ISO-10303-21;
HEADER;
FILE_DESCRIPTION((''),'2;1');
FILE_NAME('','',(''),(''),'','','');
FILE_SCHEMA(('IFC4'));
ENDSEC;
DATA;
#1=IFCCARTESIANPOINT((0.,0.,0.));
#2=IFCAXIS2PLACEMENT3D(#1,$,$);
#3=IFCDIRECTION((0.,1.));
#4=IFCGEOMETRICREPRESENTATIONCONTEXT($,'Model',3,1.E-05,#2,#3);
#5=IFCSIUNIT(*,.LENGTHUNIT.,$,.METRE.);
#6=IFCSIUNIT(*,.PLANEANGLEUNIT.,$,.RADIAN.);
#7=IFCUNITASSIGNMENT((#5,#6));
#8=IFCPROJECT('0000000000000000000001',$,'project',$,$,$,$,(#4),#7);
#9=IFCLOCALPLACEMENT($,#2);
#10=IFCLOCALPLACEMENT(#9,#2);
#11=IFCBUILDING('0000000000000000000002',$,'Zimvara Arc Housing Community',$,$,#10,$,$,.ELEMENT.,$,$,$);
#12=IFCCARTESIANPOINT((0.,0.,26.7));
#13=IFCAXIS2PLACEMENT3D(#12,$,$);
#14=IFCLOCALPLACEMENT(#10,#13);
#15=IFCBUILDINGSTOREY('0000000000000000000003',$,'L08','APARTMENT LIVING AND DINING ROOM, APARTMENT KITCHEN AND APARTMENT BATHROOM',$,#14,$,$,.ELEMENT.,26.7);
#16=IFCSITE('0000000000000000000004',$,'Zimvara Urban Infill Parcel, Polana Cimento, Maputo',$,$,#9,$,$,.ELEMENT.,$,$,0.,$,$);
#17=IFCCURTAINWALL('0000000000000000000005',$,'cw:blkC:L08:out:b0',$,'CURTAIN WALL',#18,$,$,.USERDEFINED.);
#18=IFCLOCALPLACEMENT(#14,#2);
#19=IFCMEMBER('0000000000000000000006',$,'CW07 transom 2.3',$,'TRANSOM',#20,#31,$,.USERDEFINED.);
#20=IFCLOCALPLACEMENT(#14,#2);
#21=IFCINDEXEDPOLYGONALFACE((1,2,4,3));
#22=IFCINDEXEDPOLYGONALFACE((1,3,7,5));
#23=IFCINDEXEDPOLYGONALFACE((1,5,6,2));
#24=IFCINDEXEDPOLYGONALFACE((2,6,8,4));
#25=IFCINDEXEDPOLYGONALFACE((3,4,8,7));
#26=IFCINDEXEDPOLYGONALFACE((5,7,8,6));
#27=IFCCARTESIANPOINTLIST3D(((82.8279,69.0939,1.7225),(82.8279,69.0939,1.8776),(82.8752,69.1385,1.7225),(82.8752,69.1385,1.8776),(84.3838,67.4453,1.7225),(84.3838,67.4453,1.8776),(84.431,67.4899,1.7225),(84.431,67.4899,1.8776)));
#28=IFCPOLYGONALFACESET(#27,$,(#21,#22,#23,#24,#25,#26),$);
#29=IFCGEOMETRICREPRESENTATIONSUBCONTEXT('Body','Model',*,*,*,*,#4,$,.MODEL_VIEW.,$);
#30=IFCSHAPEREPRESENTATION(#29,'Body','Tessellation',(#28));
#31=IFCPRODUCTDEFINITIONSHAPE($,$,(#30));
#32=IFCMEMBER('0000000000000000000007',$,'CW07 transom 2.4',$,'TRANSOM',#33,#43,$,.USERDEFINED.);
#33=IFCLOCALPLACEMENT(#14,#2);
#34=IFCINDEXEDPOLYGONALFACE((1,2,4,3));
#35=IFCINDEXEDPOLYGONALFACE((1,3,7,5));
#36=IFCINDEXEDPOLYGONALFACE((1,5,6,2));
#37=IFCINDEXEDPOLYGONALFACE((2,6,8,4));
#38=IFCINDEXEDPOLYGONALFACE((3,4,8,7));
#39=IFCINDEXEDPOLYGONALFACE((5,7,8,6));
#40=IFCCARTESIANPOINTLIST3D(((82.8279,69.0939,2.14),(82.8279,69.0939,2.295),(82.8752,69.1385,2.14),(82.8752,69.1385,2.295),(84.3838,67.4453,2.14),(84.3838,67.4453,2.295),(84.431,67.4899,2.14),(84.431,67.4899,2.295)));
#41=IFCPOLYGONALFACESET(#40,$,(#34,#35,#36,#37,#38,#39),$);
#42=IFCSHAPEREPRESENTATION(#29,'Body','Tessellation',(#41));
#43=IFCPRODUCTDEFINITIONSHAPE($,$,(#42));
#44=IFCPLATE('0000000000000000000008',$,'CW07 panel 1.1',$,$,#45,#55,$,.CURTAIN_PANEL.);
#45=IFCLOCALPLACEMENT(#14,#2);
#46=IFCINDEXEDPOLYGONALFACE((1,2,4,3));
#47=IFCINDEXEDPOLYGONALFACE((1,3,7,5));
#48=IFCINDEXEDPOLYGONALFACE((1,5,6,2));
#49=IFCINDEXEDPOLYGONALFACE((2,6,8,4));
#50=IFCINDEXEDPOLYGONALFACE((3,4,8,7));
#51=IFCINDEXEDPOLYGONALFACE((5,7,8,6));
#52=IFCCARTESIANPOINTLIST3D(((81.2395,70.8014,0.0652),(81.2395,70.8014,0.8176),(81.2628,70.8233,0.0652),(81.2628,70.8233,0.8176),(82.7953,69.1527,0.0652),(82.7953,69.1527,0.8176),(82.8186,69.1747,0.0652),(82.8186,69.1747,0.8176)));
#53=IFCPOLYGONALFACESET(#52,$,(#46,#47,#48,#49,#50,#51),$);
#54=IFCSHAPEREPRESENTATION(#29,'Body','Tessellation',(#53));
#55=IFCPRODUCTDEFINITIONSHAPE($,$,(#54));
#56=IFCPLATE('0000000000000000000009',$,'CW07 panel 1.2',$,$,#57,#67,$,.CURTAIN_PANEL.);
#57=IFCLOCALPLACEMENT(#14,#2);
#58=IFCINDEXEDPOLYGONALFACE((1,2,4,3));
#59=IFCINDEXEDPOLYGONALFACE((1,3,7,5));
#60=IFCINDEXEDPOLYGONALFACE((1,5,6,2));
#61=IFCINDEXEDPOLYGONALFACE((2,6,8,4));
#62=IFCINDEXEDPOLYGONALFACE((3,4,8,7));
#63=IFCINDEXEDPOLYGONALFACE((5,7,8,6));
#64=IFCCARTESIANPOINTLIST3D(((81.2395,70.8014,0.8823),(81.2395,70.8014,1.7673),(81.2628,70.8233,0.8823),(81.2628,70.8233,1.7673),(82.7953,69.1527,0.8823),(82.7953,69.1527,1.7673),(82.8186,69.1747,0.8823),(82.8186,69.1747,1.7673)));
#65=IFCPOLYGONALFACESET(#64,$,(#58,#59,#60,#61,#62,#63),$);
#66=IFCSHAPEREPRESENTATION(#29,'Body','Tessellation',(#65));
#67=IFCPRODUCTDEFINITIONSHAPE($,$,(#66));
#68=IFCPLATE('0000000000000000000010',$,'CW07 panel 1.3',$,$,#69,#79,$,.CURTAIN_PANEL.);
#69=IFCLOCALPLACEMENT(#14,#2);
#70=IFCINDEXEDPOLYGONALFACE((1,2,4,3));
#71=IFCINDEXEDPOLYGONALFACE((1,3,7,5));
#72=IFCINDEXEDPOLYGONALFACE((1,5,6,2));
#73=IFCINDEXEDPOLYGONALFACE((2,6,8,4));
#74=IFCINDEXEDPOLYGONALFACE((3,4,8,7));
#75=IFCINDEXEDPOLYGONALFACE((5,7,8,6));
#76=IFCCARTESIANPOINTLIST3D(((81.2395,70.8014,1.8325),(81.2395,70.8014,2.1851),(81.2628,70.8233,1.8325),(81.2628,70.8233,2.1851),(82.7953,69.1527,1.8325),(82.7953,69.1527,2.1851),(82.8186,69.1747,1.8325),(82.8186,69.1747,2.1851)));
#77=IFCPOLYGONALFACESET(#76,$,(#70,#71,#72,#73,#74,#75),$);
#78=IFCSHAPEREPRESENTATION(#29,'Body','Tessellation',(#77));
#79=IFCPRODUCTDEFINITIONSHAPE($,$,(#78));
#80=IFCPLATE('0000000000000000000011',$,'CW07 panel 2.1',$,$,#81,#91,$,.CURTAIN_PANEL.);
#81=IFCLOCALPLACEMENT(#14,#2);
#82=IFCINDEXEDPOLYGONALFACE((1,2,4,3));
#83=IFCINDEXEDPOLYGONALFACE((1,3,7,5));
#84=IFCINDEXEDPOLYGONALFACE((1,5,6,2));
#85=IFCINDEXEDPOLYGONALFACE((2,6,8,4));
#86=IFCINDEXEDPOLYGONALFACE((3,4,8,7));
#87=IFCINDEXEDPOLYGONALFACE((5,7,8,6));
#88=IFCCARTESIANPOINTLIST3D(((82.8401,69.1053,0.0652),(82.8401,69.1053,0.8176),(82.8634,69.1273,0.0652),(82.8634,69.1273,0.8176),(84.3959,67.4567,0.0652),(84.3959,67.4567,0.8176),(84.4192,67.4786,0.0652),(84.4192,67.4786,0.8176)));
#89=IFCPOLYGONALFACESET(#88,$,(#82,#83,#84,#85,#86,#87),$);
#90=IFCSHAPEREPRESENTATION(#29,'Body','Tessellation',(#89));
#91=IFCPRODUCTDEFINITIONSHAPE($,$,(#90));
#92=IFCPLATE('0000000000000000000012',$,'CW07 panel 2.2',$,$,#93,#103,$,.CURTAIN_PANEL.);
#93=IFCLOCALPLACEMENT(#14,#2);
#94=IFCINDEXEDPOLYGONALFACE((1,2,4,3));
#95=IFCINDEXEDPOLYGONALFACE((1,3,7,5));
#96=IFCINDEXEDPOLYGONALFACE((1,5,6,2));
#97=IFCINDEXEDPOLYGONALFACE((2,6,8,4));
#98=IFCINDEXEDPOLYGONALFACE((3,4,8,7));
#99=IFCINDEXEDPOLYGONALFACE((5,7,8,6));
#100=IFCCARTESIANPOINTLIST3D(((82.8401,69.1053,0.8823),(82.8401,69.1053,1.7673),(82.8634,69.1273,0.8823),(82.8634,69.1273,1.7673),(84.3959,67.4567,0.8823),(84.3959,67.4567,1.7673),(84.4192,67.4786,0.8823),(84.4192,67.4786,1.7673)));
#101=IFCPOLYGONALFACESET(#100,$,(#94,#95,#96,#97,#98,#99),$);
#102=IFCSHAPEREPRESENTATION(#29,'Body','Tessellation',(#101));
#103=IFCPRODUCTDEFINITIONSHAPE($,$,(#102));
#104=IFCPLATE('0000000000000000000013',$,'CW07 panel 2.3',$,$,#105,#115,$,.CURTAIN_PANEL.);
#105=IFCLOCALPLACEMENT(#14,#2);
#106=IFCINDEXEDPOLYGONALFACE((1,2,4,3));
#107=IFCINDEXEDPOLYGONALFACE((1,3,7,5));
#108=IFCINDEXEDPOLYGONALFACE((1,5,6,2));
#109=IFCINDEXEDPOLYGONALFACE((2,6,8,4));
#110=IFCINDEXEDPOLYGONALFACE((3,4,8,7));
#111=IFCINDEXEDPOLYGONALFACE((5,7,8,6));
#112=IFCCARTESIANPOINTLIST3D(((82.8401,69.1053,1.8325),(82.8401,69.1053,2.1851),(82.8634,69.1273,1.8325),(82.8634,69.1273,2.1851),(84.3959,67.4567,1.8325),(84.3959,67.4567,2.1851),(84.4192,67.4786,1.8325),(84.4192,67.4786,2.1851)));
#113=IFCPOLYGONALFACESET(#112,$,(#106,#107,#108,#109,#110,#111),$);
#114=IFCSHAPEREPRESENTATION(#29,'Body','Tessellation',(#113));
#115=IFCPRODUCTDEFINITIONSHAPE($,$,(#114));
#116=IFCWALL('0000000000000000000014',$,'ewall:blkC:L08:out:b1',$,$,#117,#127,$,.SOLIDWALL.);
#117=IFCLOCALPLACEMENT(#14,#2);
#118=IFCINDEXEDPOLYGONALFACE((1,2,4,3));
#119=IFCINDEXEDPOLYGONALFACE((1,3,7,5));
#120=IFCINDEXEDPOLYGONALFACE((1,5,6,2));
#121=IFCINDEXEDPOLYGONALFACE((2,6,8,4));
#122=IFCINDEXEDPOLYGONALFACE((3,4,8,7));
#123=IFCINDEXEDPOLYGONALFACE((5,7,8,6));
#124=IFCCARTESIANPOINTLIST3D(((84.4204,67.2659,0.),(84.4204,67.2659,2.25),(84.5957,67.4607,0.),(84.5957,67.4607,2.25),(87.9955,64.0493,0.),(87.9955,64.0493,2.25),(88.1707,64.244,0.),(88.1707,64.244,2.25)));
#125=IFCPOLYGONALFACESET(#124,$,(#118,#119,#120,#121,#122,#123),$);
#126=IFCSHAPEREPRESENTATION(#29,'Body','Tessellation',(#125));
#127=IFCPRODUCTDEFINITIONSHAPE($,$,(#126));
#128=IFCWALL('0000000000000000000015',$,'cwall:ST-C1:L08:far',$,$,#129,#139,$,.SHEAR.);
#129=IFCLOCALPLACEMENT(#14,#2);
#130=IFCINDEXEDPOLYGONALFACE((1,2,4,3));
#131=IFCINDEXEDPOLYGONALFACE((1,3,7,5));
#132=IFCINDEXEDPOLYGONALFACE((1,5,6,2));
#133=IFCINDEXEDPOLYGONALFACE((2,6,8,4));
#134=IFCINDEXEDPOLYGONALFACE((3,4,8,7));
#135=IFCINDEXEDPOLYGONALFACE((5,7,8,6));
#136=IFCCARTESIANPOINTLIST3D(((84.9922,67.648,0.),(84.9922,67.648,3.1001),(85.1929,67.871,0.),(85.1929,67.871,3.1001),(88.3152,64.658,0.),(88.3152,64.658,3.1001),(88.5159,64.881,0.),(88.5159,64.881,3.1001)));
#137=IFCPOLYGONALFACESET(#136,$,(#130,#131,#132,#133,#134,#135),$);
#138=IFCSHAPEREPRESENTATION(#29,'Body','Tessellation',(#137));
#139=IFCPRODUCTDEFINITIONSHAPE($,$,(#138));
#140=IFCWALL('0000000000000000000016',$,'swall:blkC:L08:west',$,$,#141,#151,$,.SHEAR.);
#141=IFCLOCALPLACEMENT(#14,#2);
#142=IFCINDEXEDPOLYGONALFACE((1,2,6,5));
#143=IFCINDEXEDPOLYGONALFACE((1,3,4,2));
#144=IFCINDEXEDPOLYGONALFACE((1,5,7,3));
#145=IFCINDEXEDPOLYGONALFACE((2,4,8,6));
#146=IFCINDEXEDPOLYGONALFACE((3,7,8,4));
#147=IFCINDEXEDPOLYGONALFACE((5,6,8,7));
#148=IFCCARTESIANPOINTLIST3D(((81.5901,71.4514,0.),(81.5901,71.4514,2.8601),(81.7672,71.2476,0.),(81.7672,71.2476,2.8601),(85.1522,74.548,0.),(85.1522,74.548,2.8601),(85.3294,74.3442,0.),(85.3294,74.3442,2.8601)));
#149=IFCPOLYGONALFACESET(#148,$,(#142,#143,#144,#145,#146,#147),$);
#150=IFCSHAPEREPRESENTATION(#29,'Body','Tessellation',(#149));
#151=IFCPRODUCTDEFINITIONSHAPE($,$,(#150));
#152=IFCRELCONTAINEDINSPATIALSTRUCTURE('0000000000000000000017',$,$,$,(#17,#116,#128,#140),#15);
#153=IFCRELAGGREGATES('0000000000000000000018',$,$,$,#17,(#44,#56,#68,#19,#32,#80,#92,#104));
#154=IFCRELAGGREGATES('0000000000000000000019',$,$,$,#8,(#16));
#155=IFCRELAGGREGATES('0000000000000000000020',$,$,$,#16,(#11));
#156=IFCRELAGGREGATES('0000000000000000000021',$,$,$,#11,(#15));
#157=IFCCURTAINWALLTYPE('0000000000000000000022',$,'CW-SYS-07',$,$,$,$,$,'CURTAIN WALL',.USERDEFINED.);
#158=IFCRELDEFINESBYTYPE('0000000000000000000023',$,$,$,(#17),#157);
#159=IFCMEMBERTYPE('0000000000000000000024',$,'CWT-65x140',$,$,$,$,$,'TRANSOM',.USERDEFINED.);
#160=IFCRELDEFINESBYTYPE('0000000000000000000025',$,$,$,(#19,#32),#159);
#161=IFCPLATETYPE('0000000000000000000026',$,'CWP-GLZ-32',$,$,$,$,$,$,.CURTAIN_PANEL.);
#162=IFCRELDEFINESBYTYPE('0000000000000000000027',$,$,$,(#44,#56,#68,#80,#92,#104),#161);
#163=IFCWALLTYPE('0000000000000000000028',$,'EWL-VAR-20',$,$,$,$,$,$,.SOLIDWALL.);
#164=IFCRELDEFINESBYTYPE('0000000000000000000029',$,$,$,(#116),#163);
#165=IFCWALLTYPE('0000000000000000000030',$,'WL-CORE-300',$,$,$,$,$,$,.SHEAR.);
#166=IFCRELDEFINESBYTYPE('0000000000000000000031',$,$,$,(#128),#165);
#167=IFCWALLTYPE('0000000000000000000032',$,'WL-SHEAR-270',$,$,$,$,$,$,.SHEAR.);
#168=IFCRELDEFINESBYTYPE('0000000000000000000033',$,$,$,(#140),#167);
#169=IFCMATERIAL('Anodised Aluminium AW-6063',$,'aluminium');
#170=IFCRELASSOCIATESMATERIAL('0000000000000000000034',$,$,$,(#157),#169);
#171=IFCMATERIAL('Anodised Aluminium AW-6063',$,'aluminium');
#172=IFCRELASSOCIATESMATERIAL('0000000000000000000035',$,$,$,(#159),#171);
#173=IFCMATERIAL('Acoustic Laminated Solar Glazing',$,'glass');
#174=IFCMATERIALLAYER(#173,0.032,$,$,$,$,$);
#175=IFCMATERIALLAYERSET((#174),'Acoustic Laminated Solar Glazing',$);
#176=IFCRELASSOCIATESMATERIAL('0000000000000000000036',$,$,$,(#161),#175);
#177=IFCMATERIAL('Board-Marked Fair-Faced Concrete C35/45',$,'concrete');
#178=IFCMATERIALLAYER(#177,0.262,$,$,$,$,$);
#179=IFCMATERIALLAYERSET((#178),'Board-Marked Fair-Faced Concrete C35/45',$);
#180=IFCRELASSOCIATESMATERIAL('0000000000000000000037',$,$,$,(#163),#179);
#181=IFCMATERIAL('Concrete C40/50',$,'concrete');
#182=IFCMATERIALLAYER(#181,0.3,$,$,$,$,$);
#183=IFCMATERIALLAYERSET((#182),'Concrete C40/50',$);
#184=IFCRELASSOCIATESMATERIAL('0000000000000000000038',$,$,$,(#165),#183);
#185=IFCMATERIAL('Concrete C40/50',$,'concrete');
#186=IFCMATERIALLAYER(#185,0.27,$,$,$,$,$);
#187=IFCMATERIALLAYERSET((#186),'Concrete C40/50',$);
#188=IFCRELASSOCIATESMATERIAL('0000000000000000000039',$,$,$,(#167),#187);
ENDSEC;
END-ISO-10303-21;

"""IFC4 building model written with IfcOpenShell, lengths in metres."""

from ifc_helpers import new_model, si_unit, direction, frame, frame_2d, origin, origin_2d, place, context, subcontext, project, spatial, rectangle, extrude, material, layer, layer_set, material_profile, profile_set, type_object, element, aggregate, save


model = new_model("IFC4")

# Units and contexts
model_context = context("Model", 3, precision=1e-05, world=origin(), true_north=direction((0.0, 1.0)))
body_context = subcontext(model_context, "Body", "Model", "MODEL_VIEW")
ifc_project = project(units=[si_unit("LENGTHUNIT", "METRE"), si_unit("PLANEANGLEUNIT", "RADIAN")], contexts=[model_context])

# Site, building, storey
site_placement = place(None, origin())
site = spatial("IfcSite", under=ifc_project, at=site_placement, Name="Zimvara Urban Infill Parcel, Polana Cimento, Maputo", CompositionType="ELEMENT", RefElevation=0.0)
building_placement = place(site_placement, origin())
building = spatial("IfcBuilding", under=site, at=building_placement, Name="Zimvara Arc Housing Community", CompositionType="ELEMENT")
storey_placement = place(building_placement, frame((0.0, 0.0, 26.7)))
storey = spatial("IfcBuildingStorey", under=building, at=storey_placement, Name="L08", Description="APARTMENT LIVING AND DINING ROOM, APARTMENT KITCHEN AND APARTMENT BATHROOM", CompositionType="ELEMENT", Elevation=26.7)

# Curtain wall, members, plates
ifc_material_1 = material(Name="Anodised Aluminium AW-6063", Category="aluminium")
curtain_wall_type = type_object("IfcCurtainWallType", Name="CW-SYS-07", ElementType="CURTAIN WALL", PredefinedType="USERDEFINED", material=ifc_material_1)
curtain_wall_placement = place(storey_placement, origin())
curtain_wall = element("IfcCurtainWall", 1, at=curtain_wall_placement, inside=storey, type_object=curtain_wall_type, Name="cw:blkC:L08:out:b0", ObjectType="CURTAIN WALL", PredefinedType="USERDEFINED")
ifc_material_2 = material(Name="Anodised Aluminium AW-6063", Category="aluminium")
ifc_material_profile_1 = material_profile(ifc_material_2, rectangle(XDim=0.0649, YDim=0.155, at=origin_2d()), Name="ALU 65x155")
ifc_profile_set_1 = profile_set([ifc_material_profile_1], Name="Anodised Aluminium AW-6063")
member_type_1 = type_object("IfcMemberType", Name="CWT-65x140", ElementType="TRANSOM", PredefinedType="USERDEFINED", material=ifc_profile_set_1)
member_1_placement = place(storey_placement, frame((82.8516, 69.1162, 1.8), z_axis=(0.686348, -0.727273, 0.0), x_axis=(0.727273, 0.686348, 0.0)))
member_1 = element("IfcMember", 2, at=member_1_placement, type_object=member_type_1, Name="CW07 transom 2.3", ObjectType="TRANSOM", PredefinedType="USERDEFINED", context=body_context, shape_type="SweptSolid", body=[
    extrude(rectangle(XDim=0.0649, YDim=0.155, at=origin_2d()), origin(), (0.0, 0.0, 1.0), 2.2668),
])
member_2_placement = place(storey_placement, frame((82.8516, 69.1162, 2.2175), z_axis=(0.686348, -0.727273, 0.0), x_axis=(0.727273, 0.686348, 0.0)))
member_2 = element("IfcMember", 3, at=member_2_placement, type_object=member_type_1, Name="CW07 transom 2.4", ObjectType="TRANSOM", PredefinedType="USERDEFINED", context=body_context, shape_type="SweptSolid", body=[
    extrude(rectangle(XDim=0.0649, YDim=0.155, at=origin_2d()), origin(), (0.0, 0.0, 1.0), 2.2668),
])
ifc_material_3 = material(Name="Acoustic Laminated Solar Glazing", Category="glass")
ifc_layer_1 = layer(ifc_material_3, 0.032)
ifc_layer_set_1 = layer_set([ifc_layer_1], Name="Acoustic Laminated Solar Glazing")
plate_type = type_object("IfcPlateType", Name="CWP-GLZ-32", PredefinedType="CURTAIN_PANEL", material=ifc_layer_set_1)
plate_1_placement = place(storey_placement, frame((82.0291, 69.988, 0.0652), z_axis=(0.0, 0.0, 1.0), x_axis=(0.686326, -0.727294, 0.0)))
plate_1 = element("IfcPlate", 4, at=plate_1_placement, type_object=plate_type, Name="CW07 panel 1.1", PredefinedType="CURTAIN_PANEL", context=body_context, shape_type="SweptSolid", body=[
    extrude(rectangle(XDim=2.2668, YDim=0.032, at=origin_2d()), origin(), (0.0, 0.0, 1.0), 0.7524),
])
plate_2_placement = place(storey_placement, frame((82.0291, 69.988, 0.8823), z_axis=(0.0, 0.0, 1.0), x_axis=(0.686326, -0.727294, 0.0)))
plate_2 = element("IfcPlate", 5, at=plate_2_placement, type_object=plate_type, Name="CW07 panel 1.2", PredefinedType="CURTAIN_PANEL", context=body_context, shape_type="SweptSolid", body=[
    extrude(rectangle(XDim=2.2668, YDim=0.032, at=origin_2d()), origin(), (0.0, 0.0, 1.0), 0.885),
])
plate_3_placement = place(storey_placement, frame((82.0291, 69.988, 1.8325), z_axis=(0.0, 0.0, 1.0), x_axis=(0.686326, -0.727294, 0.0)))
plate_3 = element("IfcPlate", 6, at=plate_3_placement, type_object=plate_type, Name="CW07 panel 1.3", PredefinedType="CURTAIN_PANEL", context=body_context, shape_type="SweptSolid", body=[
    extrude(rectangle(XDim=2.2668, YDim=0.032, at=origin_2d()), origin(), (0.0, 0.0, 1.0), 0.3525),
])
plate_4_placement = place(storey_placement, frame((83.6296, 68.292, 0.0652), z_axis=(0.0, 0.0, 1.0), x_axis=(0.686326, -0.727294, 0.0)))
plate_4 = element("IfcPlate", 7, at=plate_4_placement, type_object=plate_type, Name="CW07 panel 2.1", PredefinedType="CURTAIN_PANEL", context=body_context, shape_type="SweptSolid", body=[
    extrude(rectangle(XDim=2.2668, YDim=0.032, at=origin_2d()), origin(), (0.0, 0.0, 1.0), 0.7524),
])
plate_5_placement = place(storey_placement, frame((83.6296, 68.292, 0.8823), z_axis=(0.0, 0.0, 1.0), x_axis=(0.686326, -0.727294, 0.0)))
plate_5 = element("IfcPlate", 8, at=plate_5_placement, type_object=plate_type, Name="CW07 panel 2.2", PredefinedType="CURTAIN_PANEL", context=body_context, shape_type="SweptSolid", body=[
    extrude(rectangle(XDim=2.2668, YDim=0.032, at=origin_2d()), origin(), (0.0, 0.0, 1.0), 0.885),
])
plate_6_placement = place(storey_placement, frame((83.6296, 68.292, 1.8325), z_axis=(0.0, 0.0, 1.0), x_axis=(0.686326, -0.727294, 0.0)))
plate_6 = element("IfcPlate", 9, at=plate_6_placement, type_object=plate_type, Name="CW07 panel 2.3", PredefinedType="CURTAIN_PANEL", context=body_context, shape_type="SweptSolid", body=[
    extrude(rectangle(XDim=2.2668, YDim=0.032, at=origin_2d()), origin(), (0.0, 0.0, 1.0), 0.3525),
])
aggregate(curtain_wall, [plate_1, plate_2, plate_3, member_1, member_2, plate_4, plate_5, plate_6])

# Walls
ifc_material_4 = material(Name="Board-Marked Fair-Faced Concrete C35/45", Category="concrete")
ifc_layer_2 = layer(ifc_material_4, 0.262)
ifc_layer_set_2 = layer_set([ifc_layer_2], Name="Board-Marked Fair-Faced Concrete C35/45")
wall_type_1 = type_object("IfcWallType", Name="EWL-VAR-20", PredefinedType="SOLIDWALL", material=ifc_layer_set_2)
wall_1_placement = place(storey_placement, frame((84.5081, 67.3633, 0.0), z_axis=(0.0, 0.0, 1.0), x_axis=(0.743388, -0.668861, 0.0)))
element("IfcWall", 10, at=wall_1_placement, inside=storey, type_object=wall_type_1, Name="ewall:blkC:L08:out:b1", PredefinedType="SOLIDWALL", context=body_context, shape_type="SweptSolid", body=[
    extrude(rectangle(XDim=4.8091, YDim=0.262, at=frame_2d((2.4045, 0.0))), origin(), (0.0, 0.0, 1.0), 2.25),
])
ifc_material_5 = material(Name="Concrete C40/50", Category="concrete")
ifc_layer_3 = layer(ifc_material_5, 0.3)
ifc_layer_set_3 = layer_set([ifc_layer_3], Name="Concrete C40/50")
wall_type_2 = type_object("IfcWallType", Name="WL-CORE-300", PredefinedType="SHEAR", material=ifc_layer_set_3)
wall_2_placement = place(storey_placement, frame((85.0925, 67.7595, 0.0), z_axis=(0.0, 0.0, 1.0), x_axis=(0.743373, -0.668877, 0.0)))
element("IfcWall", 11, at=wall_2_placement, inside=storey, type_object=wall_type_2, Name="cwall:ST-C1:L08:far", PredefinedType="SHEAR", context=body_context, shape_type="SweptSolid", body=[
    extrude(rectangle(XDim=4.4702, YDim=0.3, at=frame_2d((2.2351, 0.0))), origin(), (0.0, 0.0, 1.0), 3.1001),
])
ifc_material_6 = material(Name="Concrete C40/50", Category="concrete")
ifc_layer_4 = layer(ifc_material_6, 0.27)
ifc_layer_set_4 = layer_set([ifc_layer_4], Name="Concrete C40/50")
wall_type_3 = type_object("IfcWallType", Name="WL-SHEAR-270", PredefinedType="SHEAR", material=ifc_layer_set_4)
wall_3_placement = place(storey_placement, frame((85.2407, 74.446, 0.0), z_axis=(0.0, 0.0, 1.0), x_axis=(-0.754704, -0.656066, 0.0)))
element("IfcWall", 12, at=wall_3_placement, inside=storey, type_object=wall_type_3, Name="swall:blkC:L08:west", PredefinedType="SHEAR", context=body_context, shape_type="SweptSolid", body=[
    extrude(rectangle(XDim=4.72, YDim=0.27, at=frame_2d((2.3599, 0.0))), origin(), (0.0, 0.0, 1.0), 2.8601),
])

save(model, "model.ifc")
